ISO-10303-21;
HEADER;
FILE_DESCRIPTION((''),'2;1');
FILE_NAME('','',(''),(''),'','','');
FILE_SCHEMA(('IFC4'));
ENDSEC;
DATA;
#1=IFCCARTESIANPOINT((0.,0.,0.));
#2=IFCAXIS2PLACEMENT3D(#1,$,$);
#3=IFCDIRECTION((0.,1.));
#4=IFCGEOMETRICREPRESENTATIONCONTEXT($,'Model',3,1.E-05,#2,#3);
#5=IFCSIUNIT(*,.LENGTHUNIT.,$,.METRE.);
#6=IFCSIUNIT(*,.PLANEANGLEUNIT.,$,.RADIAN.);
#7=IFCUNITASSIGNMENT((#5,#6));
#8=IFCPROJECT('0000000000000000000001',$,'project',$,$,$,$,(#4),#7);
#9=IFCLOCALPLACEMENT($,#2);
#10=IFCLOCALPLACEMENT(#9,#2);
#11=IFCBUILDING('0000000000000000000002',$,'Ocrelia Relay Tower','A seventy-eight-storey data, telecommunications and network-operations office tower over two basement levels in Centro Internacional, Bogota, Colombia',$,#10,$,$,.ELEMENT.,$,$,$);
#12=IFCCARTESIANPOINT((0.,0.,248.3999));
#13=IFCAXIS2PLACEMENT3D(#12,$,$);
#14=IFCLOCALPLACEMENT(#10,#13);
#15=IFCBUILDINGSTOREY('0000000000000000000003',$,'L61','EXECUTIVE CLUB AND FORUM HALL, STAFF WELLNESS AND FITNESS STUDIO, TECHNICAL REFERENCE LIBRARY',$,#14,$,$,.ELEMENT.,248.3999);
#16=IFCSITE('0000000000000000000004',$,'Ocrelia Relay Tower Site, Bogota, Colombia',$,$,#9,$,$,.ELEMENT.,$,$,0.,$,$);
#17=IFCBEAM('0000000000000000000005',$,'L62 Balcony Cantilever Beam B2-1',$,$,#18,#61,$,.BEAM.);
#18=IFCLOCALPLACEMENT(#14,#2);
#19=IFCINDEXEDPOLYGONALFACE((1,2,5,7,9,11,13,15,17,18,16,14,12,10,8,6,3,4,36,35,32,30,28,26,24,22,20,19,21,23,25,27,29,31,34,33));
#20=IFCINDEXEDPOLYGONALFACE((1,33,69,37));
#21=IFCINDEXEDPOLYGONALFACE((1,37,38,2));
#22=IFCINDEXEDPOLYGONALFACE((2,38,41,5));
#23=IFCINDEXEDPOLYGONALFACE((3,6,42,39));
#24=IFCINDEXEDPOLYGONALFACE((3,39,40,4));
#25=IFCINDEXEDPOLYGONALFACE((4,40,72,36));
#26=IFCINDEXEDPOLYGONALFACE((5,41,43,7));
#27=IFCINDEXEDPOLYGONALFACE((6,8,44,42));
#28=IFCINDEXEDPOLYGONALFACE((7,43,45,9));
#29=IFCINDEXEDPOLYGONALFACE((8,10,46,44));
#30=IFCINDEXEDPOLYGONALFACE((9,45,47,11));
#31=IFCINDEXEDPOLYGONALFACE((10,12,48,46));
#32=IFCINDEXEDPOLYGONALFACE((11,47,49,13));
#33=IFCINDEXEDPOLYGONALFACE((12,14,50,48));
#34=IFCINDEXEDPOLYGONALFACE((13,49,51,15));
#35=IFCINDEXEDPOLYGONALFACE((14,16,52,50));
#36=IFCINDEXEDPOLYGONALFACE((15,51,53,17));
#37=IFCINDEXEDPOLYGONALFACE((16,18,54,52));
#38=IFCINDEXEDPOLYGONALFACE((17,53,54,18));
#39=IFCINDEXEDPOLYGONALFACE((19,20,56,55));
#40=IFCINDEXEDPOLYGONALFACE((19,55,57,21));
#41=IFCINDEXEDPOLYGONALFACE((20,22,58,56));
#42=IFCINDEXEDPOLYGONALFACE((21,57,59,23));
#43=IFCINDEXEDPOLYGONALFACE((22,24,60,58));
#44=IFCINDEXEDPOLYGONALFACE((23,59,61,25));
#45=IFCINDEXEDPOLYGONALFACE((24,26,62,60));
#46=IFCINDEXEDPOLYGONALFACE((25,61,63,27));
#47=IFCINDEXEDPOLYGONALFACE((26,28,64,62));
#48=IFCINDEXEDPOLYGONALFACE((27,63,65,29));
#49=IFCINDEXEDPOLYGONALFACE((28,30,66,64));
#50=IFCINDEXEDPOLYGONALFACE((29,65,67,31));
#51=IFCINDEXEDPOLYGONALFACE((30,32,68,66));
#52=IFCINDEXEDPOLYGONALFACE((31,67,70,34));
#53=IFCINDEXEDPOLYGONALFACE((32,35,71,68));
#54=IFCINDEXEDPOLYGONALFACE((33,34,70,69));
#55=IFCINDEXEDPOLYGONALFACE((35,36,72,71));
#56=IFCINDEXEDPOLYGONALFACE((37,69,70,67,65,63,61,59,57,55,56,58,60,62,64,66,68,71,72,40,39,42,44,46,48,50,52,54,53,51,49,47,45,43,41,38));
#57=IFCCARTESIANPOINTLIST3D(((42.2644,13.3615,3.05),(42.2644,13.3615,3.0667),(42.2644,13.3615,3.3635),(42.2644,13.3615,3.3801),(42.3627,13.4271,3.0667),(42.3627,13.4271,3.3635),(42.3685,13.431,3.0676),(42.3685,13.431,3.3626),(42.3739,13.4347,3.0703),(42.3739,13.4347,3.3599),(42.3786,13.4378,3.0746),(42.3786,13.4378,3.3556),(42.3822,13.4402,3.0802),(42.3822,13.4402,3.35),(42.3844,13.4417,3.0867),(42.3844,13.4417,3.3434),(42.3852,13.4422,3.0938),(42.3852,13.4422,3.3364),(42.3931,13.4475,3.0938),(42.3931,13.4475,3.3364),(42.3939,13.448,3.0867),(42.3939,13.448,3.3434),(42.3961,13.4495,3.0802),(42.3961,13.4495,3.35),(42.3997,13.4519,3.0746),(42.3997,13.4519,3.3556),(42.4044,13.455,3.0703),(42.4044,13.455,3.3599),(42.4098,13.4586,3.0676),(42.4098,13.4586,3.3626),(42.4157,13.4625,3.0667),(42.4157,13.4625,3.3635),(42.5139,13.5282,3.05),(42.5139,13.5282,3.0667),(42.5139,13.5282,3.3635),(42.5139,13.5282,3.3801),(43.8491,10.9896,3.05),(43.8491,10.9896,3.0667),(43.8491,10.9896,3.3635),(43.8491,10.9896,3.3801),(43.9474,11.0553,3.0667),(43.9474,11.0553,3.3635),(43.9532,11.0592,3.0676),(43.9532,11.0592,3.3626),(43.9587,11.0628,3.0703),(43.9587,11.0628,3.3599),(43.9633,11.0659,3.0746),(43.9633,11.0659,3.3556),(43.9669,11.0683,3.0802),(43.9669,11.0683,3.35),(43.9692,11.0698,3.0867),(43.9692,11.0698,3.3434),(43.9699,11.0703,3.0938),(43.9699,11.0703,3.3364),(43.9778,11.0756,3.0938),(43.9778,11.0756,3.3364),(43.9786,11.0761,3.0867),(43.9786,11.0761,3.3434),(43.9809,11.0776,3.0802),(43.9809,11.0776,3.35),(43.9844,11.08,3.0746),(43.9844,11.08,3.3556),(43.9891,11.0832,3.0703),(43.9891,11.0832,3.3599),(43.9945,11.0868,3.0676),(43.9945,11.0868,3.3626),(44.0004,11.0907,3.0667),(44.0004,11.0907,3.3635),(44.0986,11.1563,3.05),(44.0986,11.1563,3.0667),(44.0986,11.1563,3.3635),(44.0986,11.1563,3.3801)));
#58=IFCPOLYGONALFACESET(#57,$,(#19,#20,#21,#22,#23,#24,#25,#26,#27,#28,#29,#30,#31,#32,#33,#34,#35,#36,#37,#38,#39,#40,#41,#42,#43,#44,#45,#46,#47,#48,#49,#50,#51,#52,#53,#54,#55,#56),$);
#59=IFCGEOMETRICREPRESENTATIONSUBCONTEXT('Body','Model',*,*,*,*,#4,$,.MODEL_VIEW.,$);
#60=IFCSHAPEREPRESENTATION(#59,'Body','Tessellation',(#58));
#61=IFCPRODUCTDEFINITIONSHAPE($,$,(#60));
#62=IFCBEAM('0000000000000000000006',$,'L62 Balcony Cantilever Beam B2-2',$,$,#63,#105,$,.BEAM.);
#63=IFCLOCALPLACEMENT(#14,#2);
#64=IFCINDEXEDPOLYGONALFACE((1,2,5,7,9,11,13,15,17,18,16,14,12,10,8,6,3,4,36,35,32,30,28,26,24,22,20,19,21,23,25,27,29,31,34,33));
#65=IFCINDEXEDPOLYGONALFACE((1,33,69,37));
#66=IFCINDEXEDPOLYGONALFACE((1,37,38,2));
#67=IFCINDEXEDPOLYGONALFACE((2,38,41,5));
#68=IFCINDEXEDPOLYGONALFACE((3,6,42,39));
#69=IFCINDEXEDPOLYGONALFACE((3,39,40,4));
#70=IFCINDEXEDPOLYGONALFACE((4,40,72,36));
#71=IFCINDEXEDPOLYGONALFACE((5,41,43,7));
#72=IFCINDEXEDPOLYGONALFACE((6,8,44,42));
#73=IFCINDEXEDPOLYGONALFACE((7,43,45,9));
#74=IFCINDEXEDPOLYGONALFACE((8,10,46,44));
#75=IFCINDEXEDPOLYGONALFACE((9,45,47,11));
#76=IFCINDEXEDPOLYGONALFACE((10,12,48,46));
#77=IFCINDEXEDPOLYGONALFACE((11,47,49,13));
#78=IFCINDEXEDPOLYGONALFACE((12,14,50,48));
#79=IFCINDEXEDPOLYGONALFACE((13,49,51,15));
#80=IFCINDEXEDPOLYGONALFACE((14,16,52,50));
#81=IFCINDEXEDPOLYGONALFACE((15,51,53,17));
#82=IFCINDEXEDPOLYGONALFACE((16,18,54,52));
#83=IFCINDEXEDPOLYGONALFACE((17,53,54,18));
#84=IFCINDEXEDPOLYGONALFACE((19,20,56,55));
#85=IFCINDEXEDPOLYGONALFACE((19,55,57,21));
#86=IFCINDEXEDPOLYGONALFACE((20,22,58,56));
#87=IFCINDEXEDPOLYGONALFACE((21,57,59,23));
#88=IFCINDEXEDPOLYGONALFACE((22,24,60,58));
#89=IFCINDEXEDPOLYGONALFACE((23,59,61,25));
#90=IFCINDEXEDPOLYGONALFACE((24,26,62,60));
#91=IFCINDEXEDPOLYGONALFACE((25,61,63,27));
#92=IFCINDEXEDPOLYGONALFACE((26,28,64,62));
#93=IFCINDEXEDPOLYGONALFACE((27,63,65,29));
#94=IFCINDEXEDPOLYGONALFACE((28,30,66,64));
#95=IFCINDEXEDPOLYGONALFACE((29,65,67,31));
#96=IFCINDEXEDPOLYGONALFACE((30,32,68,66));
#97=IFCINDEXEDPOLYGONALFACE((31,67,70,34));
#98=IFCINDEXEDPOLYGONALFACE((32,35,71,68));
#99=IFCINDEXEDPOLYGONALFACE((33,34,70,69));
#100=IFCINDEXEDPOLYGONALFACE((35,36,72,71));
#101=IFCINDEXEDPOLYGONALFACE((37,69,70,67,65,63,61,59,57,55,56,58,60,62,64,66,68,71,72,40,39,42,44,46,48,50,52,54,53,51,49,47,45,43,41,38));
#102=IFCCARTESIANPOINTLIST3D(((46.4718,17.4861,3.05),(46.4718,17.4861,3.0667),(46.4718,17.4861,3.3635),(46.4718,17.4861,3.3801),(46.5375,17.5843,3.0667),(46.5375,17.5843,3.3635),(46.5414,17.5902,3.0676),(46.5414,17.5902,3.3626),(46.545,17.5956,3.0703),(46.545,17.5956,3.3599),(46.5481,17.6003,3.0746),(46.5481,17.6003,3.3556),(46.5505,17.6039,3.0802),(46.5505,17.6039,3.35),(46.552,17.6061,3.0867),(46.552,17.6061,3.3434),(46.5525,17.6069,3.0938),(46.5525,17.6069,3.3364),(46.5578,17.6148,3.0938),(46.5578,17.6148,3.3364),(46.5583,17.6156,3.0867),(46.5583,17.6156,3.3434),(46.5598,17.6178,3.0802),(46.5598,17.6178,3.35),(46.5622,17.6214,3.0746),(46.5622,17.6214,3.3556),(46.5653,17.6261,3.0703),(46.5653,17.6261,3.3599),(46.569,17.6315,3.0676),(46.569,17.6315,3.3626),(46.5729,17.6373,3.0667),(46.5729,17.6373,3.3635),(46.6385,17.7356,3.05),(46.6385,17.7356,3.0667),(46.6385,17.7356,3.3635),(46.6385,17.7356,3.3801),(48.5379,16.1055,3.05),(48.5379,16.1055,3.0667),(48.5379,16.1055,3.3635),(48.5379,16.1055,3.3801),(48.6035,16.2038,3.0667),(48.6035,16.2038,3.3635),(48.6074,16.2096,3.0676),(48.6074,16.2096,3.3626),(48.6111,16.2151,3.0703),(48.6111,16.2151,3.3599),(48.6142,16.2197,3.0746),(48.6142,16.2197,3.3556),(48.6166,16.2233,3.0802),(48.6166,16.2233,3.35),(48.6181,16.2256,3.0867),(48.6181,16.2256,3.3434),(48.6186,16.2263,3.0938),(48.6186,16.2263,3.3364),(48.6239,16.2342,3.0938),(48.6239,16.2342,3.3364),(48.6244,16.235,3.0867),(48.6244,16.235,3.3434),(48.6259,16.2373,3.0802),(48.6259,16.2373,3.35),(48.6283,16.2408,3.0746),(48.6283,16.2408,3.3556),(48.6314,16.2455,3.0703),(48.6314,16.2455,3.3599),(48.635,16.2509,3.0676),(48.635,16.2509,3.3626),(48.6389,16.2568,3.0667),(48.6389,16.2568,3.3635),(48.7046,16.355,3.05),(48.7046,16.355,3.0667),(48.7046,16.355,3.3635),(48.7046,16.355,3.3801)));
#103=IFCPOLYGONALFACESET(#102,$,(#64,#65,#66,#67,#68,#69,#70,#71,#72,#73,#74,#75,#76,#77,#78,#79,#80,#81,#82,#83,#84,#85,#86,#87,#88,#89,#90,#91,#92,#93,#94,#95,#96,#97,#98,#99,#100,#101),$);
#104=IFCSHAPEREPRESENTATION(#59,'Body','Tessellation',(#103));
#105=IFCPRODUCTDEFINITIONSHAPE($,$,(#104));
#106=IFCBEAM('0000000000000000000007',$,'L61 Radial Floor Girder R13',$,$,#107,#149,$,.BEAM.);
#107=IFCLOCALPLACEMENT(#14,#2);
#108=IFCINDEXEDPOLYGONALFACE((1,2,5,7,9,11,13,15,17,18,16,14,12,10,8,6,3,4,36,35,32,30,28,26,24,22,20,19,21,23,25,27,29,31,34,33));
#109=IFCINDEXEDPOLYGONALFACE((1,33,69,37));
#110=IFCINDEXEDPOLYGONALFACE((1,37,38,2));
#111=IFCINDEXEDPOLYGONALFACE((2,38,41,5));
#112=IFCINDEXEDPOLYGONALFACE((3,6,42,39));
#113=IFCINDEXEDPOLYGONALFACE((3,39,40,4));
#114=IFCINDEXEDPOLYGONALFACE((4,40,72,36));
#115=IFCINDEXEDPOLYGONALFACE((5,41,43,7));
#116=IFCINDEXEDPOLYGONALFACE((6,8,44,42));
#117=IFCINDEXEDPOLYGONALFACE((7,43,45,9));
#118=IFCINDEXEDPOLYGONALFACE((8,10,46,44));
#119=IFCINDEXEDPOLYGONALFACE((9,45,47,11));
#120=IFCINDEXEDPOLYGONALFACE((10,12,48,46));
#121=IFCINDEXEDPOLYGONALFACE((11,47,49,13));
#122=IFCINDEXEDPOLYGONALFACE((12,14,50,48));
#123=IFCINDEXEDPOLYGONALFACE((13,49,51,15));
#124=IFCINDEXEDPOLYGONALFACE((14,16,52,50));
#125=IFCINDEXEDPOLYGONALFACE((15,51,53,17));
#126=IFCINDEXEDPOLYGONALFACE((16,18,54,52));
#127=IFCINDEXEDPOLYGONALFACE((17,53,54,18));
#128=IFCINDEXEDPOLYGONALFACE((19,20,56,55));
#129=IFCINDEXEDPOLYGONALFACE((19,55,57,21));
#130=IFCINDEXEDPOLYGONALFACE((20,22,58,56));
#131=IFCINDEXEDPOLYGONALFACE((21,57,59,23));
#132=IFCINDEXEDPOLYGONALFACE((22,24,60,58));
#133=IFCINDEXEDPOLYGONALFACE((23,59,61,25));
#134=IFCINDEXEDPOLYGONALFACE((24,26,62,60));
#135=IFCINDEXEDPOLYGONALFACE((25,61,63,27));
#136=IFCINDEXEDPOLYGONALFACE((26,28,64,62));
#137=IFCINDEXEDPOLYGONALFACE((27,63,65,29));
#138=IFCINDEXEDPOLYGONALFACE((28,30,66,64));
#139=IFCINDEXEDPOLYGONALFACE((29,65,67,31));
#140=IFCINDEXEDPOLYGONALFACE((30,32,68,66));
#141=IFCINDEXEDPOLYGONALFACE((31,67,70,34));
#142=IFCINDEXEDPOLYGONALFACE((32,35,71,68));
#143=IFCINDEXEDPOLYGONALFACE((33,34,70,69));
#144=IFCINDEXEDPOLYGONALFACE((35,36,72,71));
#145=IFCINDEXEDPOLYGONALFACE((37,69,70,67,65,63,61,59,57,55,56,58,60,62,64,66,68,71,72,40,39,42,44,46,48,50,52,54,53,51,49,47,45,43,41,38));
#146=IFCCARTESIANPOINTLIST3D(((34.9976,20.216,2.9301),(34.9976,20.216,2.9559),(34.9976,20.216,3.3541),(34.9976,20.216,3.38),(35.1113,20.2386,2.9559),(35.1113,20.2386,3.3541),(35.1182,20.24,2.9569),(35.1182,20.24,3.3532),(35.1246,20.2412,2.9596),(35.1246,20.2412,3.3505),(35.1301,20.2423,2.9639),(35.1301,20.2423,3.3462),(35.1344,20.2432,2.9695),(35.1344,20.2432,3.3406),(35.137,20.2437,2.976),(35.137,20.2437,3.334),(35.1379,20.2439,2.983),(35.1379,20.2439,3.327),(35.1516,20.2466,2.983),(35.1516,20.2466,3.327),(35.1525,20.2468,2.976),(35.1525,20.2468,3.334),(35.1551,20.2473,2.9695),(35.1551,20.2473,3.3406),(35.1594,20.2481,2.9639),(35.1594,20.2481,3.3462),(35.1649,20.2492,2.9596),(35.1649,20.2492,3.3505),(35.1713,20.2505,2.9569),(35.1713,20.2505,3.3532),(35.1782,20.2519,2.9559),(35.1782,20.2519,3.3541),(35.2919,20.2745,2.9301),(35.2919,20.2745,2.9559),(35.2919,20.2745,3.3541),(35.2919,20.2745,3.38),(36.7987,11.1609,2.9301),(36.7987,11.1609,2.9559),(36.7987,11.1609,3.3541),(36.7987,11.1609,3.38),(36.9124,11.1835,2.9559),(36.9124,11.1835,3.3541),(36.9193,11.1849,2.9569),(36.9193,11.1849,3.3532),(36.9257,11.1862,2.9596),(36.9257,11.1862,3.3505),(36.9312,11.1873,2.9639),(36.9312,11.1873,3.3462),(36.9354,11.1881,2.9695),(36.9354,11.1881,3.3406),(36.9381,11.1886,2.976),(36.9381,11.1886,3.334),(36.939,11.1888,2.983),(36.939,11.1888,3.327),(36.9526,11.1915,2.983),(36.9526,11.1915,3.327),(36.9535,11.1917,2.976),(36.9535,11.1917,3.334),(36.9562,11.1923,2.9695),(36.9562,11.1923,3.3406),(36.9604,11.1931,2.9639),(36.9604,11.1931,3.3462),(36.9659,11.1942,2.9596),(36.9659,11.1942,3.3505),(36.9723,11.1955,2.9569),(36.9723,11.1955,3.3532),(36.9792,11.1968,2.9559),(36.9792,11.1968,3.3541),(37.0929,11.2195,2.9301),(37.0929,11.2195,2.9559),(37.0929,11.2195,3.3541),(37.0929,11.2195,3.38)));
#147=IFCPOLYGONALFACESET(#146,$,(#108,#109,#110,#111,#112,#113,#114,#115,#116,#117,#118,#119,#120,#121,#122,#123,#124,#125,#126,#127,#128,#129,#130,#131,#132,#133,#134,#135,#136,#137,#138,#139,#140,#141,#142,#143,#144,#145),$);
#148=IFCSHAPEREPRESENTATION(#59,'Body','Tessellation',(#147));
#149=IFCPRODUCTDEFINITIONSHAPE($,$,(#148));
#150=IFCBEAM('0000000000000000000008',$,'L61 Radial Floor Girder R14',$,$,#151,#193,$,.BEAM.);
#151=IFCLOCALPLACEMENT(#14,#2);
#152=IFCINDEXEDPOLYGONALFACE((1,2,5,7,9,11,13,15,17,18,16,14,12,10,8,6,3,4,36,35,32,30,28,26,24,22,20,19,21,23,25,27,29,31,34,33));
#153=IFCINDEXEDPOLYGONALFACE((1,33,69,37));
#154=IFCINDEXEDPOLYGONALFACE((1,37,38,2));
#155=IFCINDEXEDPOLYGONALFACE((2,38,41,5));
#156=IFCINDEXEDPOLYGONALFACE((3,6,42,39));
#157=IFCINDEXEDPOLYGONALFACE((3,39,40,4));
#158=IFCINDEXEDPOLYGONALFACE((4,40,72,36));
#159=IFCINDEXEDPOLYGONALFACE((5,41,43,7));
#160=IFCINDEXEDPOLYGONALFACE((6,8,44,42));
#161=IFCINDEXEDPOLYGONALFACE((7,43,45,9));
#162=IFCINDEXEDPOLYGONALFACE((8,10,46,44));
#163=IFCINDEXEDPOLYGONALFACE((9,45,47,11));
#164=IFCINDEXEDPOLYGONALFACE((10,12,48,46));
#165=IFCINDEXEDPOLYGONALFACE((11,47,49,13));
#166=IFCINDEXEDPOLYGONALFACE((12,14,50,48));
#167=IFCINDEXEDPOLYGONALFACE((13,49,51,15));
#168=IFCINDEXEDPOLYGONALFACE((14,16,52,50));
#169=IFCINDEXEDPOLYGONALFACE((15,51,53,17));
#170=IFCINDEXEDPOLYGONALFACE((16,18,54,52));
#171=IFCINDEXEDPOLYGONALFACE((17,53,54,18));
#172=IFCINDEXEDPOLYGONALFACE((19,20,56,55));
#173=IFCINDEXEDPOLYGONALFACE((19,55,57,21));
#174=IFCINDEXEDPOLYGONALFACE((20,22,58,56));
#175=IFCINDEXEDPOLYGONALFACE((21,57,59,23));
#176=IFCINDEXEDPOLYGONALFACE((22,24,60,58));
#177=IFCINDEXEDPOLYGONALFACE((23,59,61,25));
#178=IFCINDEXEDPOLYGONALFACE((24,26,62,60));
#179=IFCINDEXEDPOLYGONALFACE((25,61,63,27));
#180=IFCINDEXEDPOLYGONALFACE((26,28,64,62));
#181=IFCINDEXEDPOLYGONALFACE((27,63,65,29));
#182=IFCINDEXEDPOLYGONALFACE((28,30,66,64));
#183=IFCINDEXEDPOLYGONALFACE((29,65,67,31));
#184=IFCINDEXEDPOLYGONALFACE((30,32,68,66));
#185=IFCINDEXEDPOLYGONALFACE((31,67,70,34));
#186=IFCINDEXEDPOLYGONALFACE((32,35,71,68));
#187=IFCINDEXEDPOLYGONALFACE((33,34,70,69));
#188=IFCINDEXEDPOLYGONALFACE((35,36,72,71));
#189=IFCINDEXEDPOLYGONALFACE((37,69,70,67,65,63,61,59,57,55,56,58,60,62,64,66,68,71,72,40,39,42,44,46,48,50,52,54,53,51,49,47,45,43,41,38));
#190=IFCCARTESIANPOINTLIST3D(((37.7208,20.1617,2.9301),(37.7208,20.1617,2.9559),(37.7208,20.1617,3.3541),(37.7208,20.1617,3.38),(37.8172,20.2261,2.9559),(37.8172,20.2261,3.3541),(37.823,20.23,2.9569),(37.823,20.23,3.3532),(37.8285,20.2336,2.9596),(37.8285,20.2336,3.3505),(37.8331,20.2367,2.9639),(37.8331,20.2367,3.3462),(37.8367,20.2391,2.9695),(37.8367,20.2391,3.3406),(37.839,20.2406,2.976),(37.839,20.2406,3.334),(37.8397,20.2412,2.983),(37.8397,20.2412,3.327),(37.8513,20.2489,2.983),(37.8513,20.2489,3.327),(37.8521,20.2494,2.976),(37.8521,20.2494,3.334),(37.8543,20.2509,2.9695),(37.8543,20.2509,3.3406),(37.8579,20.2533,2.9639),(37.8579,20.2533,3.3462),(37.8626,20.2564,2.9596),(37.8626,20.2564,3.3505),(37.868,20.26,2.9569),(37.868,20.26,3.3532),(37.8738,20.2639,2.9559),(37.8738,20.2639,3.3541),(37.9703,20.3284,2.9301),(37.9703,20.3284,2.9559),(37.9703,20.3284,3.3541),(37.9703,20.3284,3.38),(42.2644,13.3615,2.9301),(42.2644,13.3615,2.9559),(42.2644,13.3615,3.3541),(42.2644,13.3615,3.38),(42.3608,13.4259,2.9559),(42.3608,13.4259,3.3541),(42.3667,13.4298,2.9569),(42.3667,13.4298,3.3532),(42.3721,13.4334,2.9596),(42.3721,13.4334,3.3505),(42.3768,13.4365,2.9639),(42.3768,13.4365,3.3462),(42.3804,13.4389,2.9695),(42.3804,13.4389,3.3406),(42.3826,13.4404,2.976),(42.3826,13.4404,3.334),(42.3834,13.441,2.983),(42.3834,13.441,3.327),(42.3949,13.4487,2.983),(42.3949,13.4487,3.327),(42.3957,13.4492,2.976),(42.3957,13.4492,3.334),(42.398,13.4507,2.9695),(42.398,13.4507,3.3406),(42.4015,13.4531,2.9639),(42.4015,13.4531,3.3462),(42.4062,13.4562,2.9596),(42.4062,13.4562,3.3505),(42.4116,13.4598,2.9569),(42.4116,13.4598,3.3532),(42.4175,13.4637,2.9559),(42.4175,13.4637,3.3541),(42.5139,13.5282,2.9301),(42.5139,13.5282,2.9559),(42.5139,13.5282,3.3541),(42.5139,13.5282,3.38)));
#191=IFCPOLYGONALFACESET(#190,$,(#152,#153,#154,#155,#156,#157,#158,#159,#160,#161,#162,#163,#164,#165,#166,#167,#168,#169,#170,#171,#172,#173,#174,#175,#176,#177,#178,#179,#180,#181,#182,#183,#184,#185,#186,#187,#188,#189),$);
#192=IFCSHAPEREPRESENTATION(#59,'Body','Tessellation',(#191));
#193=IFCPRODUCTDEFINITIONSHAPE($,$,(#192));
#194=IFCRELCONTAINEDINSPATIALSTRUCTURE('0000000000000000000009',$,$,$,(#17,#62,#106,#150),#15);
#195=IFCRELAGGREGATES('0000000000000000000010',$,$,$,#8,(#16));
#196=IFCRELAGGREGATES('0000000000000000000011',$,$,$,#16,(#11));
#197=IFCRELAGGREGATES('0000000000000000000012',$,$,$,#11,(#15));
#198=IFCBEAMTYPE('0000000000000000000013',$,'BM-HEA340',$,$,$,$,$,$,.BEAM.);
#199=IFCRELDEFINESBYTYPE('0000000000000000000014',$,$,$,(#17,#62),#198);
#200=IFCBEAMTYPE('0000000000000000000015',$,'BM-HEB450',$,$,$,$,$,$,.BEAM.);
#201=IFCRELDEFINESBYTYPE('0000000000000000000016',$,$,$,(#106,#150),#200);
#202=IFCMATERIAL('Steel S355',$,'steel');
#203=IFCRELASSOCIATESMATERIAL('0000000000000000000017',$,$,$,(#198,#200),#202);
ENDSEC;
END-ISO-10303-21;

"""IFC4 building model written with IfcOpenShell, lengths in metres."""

from ifc_helpers import new_model, si_unit, direction, frame, origin, origin_2d, place, context, subcontext, project, spatial, i_section, extrude, material, material_profile, profile_set, type_object, element, save


model = new_model("IFC4")

# Units and contexts
model_context = context("Model", 3, precision=1e-05, world=origin(), true_north=direction((0.0, 1.0)))
body_context = subcontext(model_context, "Body", "Model", "MODEL_VIEW")
ifc_project = project(units=[si_unit("LENGTHUNIT", "METRE"), si_unit("PLANEANGLEUNIT", "RADIAN")], contexts=[model_context])

# Site, building, storey
site_placement = place(None, origin())
site = spatial("IfcSite", under=ifc_project, at=site_placement, Name="Ocrelia Relay Tower Site, Bogota, Colombia", CompositionType="ELEMENT", RefElevation=0.0)
building_placement = place(site_placement, origin())
building = spatial("IfcBuilding", under=site, at=building_placement, Name="Ocrelia Relay Tower", Description="A seventy-eight-storey data, telecommunications and network-operations office tower over two basement levels in Centro Internacional, Bogota, Colombia", CompositionType="ELEMENT")
storey_placement = place(building_placement, frame((0.0, 0.0, 248.3999)))
storey = spatial("IfcBuildingStorey", under=building, at=storey_placement, Name="L61", Description="EXECUTIVE CLUB AND FORUM HALL, STAFF WELLNESS AND FITNESS STUDIO, TECHNICAL REFERENCE LIBRARY", CompositionType="ELEMENT", Elevation=248.3999)

# Beams
ifc_material_1 = material(Name="Steel S355", Category="steel")
ifc_material_profile_1 = material_profile(ifc_material_1, i_section(OverallWidth=0.3, OverallDepth=0.3301, WebThickness=0.0095, FlangeThickness=0.0166, FilletRadius=0.0271, at=origin_2d()), Name="HEA 340")
ifc_profile_set_1 = profile_set([ifc_material_profile_1], Name="Steel S355")
beam_type_1 = type_object("IfcBeamType", Name="BM-HEA340", PredefinedType="BEAM", material=ifc_profile_set_1)
beam_1_placement = place(storey_placement, frame((42.3892, 13.4448, 3.2151), z_axis=(0.555549, -0.831484, 0.0), x_axis=(0.831484, 0.555549, 0.0)))
element("IfcBeam", 1, at=beam_1_placement, inside=storey, type_object=beam_type_1, Name="L62 Balcony Cantilever Beam B2-1", PredefinedType="BEAM", context=body_context, shape_type="SweptSolid", body=[
    extrude(i_section(OverallWidth=0.3, OverallDepth=0.3301, WebThickness=0.0095, FlangeThickness=0.0166, FilletRadius=0.0271, at=origin_2d()), origin(), (0.0, 0.0, 1.0), 2.8525),
])
beam_2_placement = place(storey_placement, frame((46.5552, 17.6108, 3.2151), z_axis=(0.83146, -0.555584, 0.0), x_axis=(0.555584, 0.83146, 0.0)))
element("IfcBeam", 2, at=beam_2_placement, inside=storey, type_object=beam_type_1, Name="L62 Balcony Cantilever Beam B2-2", PredefinedType="BEAM", context=body_context, shape_type="SweptSolid", body=[
    extrude(i_section(OverallWidth=0.3, OverallDepth=0.3301, WebThickness=0.0095, FlangeThickness=0.0166, FilletRadius=0.0271, at=origin_2d()), origin(), (0.0, 0.0, 1.0), 2.4849),
])
ifc_material_profile_2 = material_profile(ifc_material_1, i_section(OverallWidth=0.3, OverallDepth=0.45, WebThickness=0.0139, FlangeThickness=0.0259, FilletRadius=0.0271, at=origin_2d()), Name="HEB 450")
ifc_profile_set_2 = profile_set([ifc_material_profile_2], Name="Steel S355")
beam_type_2 = type_object("IfcBeamType", Name="BM-HEB450", PredefinedType="BEAM", material=ifc_profile_set_2)
beam_3_placement = place(storey_placement, frame((36.9458, 11.1902, 3.155), z_axis=(-0.195079, 0.980788, 0.0), x_axis=(-0.980788, -0.195079, 0.0)))
element("IfcBeam", 3, at=beam_3_placement, inside=storey, type_object=beam_type_2, Name="L61 Radial Floor Girder R13", PredefinedType="BEAM", context=body_context, shape_type="SweptSolid", body=[
    extrude(i_section(OverallWidth=0.3, OverallDepth=0.45, WebThickness=0.0139, FlangeThickness=0.0259, FilletRadius=0.0271, at=origin_2d()), origin(), (0.0, 0.0, 1.0), 9.2324),
])
beam_4_placement = place(storey_placement, frame((42.3892, 13.4448, 3.155), z_axis=(-0.555561, 0.831476, 0.0), x_axis=(-0.831476, -0.555561, 0.0)))
element("IfcBeam", 4, at=beam_4_placement, inside=storey, type_object=beam_type_2, Name="L61 Radial Floor Girder R14", PredefinedType="BEAM", context=body_context, shape_type="SweptSolid", body=[
    extrude(i_section(OverallWidth=0.3, OverallDepth=0.45, WebThickness=0.0139, FlangeThickness=0.0259, FilletRadius=0.0271, at=origin_2d()), origin(), (0.0, 0.0, 1.0), 8.1785),
])

save(model, "model.ifc")
